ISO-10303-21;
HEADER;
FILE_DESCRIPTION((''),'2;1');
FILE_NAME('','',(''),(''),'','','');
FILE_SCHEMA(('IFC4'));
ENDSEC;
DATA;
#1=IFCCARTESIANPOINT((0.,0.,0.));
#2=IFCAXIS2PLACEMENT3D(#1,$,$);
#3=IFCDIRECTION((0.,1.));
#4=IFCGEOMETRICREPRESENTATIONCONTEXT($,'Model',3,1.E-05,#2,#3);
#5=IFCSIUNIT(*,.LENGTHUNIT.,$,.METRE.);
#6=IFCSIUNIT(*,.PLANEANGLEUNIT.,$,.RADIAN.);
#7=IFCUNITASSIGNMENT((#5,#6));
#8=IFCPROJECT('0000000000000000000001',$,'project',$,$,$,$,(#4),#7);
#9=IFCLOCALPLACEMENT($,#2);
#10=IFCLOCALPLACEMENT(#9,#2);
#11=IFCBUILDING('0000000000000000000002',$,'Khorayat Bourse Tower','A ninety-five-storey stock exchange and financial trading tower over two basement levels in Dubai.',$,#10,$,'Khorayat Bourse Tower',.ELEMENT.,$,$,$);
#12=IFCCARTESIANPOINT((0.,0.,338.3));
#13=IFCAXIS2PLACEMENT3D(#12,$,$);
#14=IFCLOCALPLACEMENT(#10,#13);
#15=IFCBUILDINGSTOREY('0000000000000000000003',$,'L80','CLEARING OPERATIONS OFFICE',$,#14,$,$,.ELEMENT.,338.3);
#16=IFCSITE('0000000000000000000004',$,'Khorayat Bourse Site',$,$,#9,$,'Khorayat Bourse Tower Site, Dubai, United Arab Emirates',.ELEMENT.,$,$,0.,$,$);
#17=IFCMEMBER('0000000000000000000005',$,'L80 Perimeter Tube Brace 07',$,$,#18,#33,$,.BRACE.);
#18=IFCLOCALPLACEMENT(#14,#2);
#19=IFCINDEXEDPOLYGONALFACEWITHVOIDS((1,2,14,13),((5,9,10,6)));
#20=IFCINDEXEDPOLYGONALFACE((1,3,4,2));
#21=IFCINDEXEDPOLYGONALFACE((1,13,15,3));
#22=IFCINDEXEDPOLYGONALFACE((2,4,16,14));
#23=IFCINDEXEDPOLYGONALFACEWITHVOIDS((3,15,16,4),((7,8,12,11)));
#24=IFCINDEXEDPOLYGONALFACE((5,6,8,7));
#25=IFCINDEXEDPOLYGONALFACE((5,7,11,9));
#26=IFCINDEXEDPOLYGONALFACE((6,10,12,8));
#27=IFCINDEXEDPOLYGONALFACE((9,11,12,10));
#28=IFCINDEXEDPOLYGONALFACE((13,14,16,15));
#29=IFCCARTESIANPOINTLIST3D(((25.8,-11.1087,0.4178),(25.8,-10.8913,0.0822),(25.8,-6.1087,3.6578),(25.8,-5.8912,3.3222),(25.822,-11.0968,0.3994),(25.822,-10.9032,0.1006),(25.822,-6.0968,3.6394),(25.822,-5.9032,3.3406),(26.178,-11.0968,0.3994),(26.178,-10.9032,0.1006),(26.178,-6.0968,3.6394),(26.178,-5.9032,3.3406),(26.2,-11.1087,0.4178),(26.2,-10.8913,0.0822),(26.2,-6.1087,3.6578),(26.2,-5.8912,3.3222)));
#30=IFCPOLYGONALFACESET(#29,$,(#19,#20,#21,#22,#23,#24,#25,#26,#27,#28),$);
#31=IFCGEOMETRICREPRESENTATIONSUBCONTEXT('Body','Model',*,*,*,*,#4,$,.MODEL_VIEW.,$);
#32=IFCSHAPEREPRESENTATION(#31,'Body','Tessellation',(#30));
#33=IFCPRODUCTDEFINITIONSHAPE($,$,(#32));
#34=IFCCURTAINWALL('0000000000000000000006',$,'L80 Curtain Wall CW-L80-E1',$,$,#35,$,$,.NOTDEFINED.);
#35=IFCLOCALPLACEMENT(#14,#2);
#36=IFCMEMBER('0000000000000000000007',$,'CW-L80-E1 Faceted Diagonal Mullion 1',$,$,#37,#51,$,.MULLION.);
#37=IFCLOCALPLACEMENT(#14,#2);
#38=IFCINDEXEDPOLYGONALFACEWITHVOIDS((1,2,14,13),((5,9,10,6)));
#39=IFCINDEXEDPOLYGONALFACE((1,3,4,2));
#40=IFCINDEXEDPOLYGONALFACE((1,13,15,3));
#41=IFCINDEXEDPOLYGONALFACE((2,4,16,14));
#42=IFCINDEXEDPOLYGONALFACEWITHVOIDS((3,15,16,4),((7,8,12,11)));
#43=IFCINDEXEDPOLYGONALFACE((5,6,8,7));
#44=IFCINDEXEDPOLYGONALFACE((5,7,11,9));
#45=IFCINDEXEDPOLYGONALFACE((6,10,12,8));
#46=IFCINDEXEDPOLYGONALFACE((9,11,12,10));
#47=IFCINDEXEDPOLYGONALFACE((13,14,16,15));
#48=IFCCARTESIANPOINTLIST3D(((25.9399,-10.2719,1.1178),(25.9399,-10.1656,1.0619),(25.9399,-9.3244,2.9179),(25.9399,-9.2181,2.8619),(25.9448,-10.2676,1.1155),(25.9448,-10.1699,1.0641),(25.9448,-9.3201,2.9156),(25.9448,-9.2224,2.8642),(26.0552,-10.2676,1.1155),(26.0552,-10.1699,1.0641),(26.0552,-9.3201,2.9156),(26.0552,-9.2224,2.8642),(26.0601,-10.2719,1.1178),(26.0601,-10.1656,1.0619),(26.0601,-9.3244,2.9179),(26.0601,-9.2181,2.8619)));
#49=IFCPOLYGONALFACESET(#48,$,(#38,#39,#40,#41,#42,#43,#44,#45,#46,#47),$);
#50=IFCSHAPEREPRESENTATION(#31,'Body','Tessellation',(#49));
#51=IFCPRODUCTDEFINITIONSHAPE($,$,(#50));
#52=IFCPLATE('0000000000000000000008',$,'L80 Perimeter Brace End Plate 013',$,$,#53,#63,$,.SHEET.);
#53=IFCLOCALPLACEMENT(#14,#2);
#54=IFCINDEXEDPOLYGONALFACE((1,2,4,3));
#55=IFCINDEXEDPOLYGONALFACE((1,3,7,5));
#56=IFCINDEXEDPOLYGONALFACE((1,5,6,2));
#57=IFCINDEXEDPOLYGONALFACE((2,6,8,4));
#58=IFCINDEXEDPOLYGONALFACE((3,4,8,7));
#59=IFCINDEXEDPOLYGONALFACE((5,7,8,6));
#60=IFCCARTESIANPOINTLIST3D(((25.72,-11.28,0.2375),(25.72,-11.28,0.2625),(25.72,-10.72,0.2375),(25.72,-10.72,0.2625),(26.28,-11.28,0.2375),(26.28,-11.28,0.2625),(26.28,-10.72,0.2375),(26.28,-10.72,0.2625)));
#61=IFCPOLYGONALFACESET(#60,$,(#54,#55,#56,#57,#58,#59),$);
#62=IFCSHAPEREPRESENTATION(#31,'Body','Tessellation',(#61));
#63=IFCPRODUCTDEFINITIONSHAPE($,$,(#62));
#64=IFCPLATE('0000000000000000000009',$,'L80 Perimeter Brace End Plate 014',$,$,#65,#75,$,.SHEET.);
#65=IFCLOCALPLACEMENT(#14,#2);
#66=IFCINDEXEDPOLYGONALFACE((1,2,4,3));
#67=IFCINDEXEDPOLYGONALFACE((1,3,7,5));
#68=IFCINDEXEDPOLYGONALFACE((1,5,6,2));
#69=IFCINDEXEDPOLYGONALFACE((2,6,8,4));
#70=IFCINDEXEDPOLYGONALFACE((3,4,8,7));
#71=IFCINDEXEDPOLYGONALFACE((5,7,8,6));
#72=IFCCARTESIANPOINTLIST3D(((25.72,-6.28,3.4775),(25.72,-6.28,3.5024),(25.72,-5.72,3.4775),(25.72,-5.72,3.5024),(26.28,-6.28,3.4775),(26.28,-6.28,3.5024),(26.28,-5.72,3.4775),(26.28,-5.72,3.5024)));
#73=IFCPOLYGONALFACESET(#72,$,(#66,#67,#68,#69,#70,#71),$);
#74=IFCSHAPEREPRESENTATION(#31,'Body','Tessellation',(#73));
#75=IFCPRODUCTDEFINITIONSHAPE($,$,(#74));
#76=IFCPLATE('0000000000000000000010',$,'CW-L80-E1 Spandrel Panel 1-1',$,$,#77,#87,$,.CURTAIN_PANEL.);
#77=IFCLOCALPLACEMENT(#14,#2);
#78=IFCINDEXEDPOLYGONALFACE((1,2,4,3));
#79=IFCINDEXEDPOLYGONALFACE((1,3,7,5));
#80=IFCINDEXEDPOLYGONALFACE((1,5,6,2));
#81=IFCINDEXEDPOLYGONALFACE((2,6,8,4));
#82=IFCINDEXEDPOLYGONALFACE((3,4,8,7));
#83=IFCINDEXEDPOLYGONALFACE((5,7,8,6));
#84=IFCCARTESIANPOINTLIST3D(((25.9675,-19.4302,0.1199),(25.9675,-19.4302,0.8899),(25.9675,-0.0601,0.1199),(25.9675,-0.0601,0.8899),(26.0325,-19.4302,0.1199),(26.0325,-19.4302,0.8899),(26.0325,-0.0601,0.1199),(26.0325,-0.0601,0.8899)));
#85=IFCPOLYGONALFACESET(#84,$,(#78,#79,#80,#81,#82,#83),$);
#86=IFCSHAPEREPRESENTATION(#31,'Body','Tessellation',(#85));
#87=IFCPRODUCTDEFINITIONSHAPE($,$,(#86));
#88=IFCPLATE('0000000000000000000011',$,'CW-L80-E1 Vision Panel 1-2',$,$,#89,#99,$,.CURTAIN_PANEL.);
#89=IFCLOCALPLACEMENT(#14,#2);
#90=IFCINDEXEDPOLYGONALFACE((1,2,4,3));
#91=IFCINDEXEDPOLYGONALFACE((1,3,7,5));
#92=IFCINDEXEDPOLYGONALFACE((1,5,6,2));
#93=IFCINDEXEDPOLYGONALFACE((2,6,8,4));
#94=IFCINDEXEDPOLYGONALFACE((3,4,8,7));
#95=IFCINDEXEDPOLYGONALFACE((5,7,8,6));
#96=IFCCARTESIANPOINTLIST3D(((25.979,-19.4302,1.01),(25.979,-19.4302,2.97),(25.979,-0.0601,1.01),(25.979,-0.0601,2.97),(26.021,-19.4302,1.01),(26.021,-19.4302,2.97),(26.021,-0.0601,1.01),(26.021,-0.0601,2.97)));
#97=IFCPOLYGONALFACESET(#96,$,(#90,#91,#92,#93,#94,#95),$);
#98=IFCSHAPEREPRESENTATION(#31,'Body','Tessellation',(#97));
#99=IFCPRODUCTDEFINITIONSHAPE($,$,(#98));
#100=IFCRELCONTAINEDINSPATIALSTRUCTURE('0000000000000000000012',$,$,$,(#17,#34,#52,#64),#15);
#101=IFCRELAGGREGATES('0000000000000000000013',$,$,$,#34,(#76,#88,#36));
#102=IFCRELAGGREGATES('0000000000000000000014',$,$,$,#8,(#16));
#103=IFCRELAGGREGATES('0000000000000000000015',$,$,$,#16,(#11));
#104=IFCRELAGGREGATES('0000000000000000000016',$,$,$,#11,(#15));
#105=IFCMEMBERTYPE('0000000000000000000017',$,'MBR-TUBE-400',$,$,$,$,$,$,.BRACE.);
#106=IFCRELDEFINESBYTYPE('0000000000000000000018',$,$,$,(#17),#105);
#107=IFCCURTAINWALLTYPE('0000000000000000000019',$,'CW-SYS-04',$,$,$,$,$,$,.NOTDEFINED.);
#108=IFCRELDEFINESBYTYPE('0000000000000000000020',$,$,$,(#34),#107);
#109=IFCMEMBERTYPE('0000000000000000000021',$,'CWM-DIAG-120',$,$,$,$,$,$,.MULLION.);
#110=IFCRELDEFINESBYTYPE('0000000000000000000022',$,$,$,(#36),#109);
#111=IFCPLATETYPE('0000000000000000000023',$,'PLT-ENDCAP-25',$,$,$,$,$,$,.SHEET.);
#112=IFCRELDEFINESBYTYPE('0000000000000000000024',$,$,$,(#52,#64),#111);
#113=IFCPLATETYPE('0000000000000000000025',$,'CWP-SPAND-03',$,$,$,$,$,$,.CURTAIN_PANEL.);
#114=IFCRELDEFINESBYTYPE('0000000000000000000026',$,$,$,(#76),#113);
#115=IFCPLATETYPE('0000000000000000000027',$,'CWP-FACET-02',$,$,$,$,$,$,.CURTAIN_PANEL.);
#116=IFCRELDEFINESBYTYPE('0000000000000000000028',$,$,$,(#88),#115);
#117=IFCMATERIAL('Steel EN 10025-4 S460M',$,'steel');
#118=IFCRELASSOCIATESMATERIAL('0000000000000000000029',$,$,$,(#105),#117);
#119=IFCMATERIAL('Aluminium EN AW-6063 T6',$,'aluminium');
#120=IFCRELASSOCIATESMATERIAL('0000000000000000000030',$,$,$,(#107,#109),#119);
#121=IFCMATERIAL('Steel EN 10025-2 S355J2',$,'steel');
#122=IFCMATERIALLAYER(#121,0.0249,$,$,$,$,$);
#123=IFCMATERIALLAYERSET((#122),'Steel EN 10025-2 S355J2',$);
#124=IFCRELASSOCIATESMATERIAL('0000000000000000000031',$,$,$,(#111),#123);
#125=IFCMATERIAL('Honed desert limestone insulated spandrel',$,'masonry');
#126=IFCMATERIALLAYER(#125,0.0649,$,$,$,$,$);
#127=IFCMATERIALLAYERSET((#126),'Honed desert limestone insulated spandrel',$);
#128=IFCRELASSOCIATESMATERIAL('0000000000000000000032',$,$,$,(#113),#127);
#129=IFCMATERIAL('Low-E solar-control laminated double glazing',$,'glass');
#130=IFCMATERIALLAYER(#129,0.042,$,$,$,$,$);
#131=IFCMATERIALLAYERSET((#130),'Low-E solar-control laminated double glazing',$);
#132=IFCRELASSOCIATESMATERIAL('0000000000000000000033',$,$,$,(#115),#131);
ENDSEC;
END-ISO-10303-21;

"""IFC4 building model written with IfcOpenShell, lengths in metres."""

from ifc_helpers import new_model, si_unit, direction, frame, origin, origin_2d, place, context, subcontext, project, spatial, rectangle, hollow_rectangle, extrude, source, transform, mapped, material, layer, layer_set, material_profile, profile_set, type_object, element, aggregate, save


model = new_model("IFC4")

# Units and contexts
model_context = context("Model", 3, precision=1e-05, world=origin(), true_north=direction((0.0, 1.0)))
body_context = subcontext(model_context, "Body", "Model", "MODEL_VIEW")
ifc_project = project(units=[si_unit("LENGTHUNIT", "METRE"), si_unit("PLANEANGLEUNIT", "RADIAN")], contexts=[model_context])

# Site, building, storey
site_placement = place(None, origin())
site = spatial("IfcSite", under=ifc_project, at=site_placement, Name="Khorayat Bourse Site", LongName="Khorayat Bourse Tower Site, Dubai, United Arab Emirates", CompositionType="ELEMENT", RefElevation=0.0)
building_placement = place(site_placement, origin())
building = spatial("IfcBuilding", under=site, at=building_placement, Name="Khorayat Bourse Tower", Description="A ninety-five-storey stock exchange and financial trading tower over two basement levels in Dubai.", LongName="Khorayat Bourse Tower", CompositionType="ELEMENT")
storey_placement = place(building_placement, frame((0.0, 0.0, 338.3)))
storey = spatial("IfcBuildingStorey", under=building, at=storey_placement, Name="L80", Description="CLEARING OPERATIONS OFFICE", CompositionType="ELEMENT", Elevation=338.3)

# Shared definitions
ifc_material_1 = material(Name="Steel EN 10025-2 S355J2", Category="steel")

# Member
ifc_material_2 = material(Name="Steel EN 10025-4 S460M", Category="steel")
ifc_material_profile_1 = material_profile(ifc_material_2, hollow_rectangle(XDim=0.3999, YDim=0.3999, WallThickness=0.022, at=origin_2d()), Name="HSS 400x400x22")
ifc_profile_set_1 = profile_set([ifc_material_profile_1], Name="Steel EN 10025-4 S460M")
member_type_1 = type_object("IfcMemberType", Name="MBR-TUBE-400", PredefinedType="BRACE", material=ifc_profile_set_1)
shared_shape_1 = source(origin(), body_context, "Body", "SweptSolid", [
    extrude(hollow_rectangle(XDim=0.3999, YDim=0.3999, WallThickness=0.022, at=origin_2d()), origin(), (0.0, 0.0, 1.0), 5.958),
])
member_1_placement = place(storey_placement, frame((26.0, -11.0, 0.25), z_axis=(0.0, 0.83921, 0.543807), x_axis=(-1.0, 0.0, 0.0)))
element("IfcMember", 1, at=member_1_placement, inside=storey, type_object=member_type_1, Name="L80 Perimeter Tube Brace 07", PredefinedType="BRACE", context=body_context, shape_type="MappedRepresentation", body=[
    mapped(shared_shape_1, transform((0.0, 0.0, 0.0), scale=1.0)),
])

# Curtain wall, member
ifc_material_3 = material(Name="Aluminium EN AW-6063 T6", Category="aluminium")
curtain_wall_type = type_object("IfcCurtainWallType", Name="CW-SYS-04", PredefinedType="NOTDEFINED", material=ifc_material_3)
curtain_wall_placement = place(storey_placement, origin())
curtain_wall = element("IfcCurtainWall", 2, at=curtain_wall_placement, inside=storey, type_object=curtain_wall_type, Name="L80 Curtain Wall CW-L80-E1", PredefinedType="NOTDEFINED")
ifc_material_profile_2 = material_profile(ifc_material_3, hollow_rectangle(XDim=0.1201, YDim=0.1201, WallThickness=0.0049, at=origin_2d()), Name="ALU 120x120x5")
ifc_profile_set_2 = profile_set([ifc_material_profile_2], Name="Aluminium EN AW-6063 T6")
member_type_2 = type_object("IfcMemberType", Name="CWM-DIAG-120", PredefinedType="MULLION", material=ifc_profile_set_2)
shared_shape_2 = source(origin(), body_context, "Body", "SweptSolid", [
    extrude(hollow_rectangle(XDim=0.1201, YDim=0.1201, WallThickness=0.0049, at=origin_2d()), origin(), (0.0, 0.0, 1.0), 2.0342),
])
member_2_placement = place(storey_placement, frame((26.0, -10.2188, 1.0898), z_axis=(0.0, 0.465791, 0.884895), x_axis=(-1.0, 0.0, 0.0)))
member_2 = element("IfcMember", 3, at=member_2_placement, type_object=member_type_2, Name="CW-L80-E1 Faceted Diagonal Mullion 1", PredefinedType="MULLION", context=body_context, shape_type="MappedRepresentation", body=[
    mapped(shared_shape_2, transform((0.0, 0.0, 0.0), scale=1.0)),
])

# Plates
ifc_layer_1 = layer(ifc_material_1, 0.0249)
ifc_layer_set_1 = layer_set([ifc_layer_1], Name="Steel EN 10025-2 S355J2")
plate_type_1 = type_object("IfcPlateType", Name="PLT-ENDCAP-25", PredefinedType="SHEET", material=ifc_layer_set_1)
shared_shape_3 = source(origin(), body_context, "Body", "SweptSolid", [
    extrude(rectangle(XDim=0.5601, YDim=0.5601, at=origin_2d()), origin(), (0.0, 0.0, 1.0), 0.0249),
])
for number, where, z_axis, x_axis, name in (
    (4, (26.0, -11.0, 0.2375), (0.0, 0.0, 1.0), (1.0, 0.0, 0.0), "L80 Perimeter Brace End Plate 013"),
    (5, (26.0, -6.0, 3.4775), (0.0, 0.0, 1.0), (1.0, 0.0, 0.0), "L80 Perimeter Brace End Plate 014"),
):
    element("IfcPlate", number, at=place(storey_placement, frame(where, z_axis=z_axis, x_axis=x_axis)), inside=storey, type_object=plate_type_1, Name=name, PredefinedType="SHEET", context=body_context, shape_type="MappedRepresentation", body=[
        mapped(shared_shape_3, transform((0.0, 0.0, 0.0), scale=1.0)),
    ])

# Plates
ifc_material_4 = material(Name="Honed desert limestone insulated spandrel", Category="masonry")
ifc_layer_2 = layer(ifc_material_4, 0.0649)
ifc_layer_set_2 = layer_set([ifc_layer_2], Name="Honed desert limestone insulated spandrel")
plate_type_2 = type_object("IfcPlateType", Name="CWP-SPAND-03", PredefinedType="CURTAIN_PANEL", material=ifc_layer_set_2)
shared_shape_4 = source(origin(), body_context, "Body", "SweptSolid", [
    extrude(rectangle(XDim=19.3701, YDim=0.0649, at=origin_2d()), origin(), (0.0, 0.0, 1.0), 0.77),
])
plate_1_placement = place(storey_placement, frame((26.0, -9.7451, 0.1199), z_axis=(0.0, 0.0, 1.0), x_axis=(0.0, 1.0, 0.0)))
plate_1 = element("IfcPlate", 6, at=plate_1_placement, type_object=plate_type_2, Name="CW-L80-E1 Spandrel Panel 1-1", PredefinedType="CURTAIN_PANEL", context=body_context, shape_type="MappedRepresentation", body=[
    mapped(shared_shape_4, transform((0.0, 0.0, 0.0), scale=1.0)),
])
ifc_material_5 = material(Name="Low-E solar-control laminated double glazing", Category="glass")
ifc_layer_3 = layer(ifc_material_5, 0.042)
ifc_layer_set_3 = layer_set([ifc_layer_3], Name="Low-E solar-control laminated double glazing")
plate_type_3 = type_object("IfcPlateType", Name="CWP-FACET-02", PredefinedType="CURTAIN_PANEL", material=ifc_layer_set_3)
shared_shape_5 = source(origin(), body_context, "Body", "SweptSolid", [
    extrude(rectangle(XDim=19.3701, YDim=0.042, at=origin_2d()), origin(), (0.0, 0.0, 1.0), 1.96),
])
plate_2_placement = place(storey_placement, frame((26.0, -9.7451, 1.01), z_axis=(0.0, 0.0, 1.0), x_axis=(0.0, 1.0, 0.0)))
plate_2 = element("IfcPlate", 7, at=plate_2_placement, type_object=plate_type_3, Name="CW-L80-E1 Vision Panel 1-2", PredefinedType="CURTAIN_PANEL", context=body_context, shape_type="MappedRepresentation", body=[
    mapped(shared_shape_5, transform((0.0, 0.0, 0.0), scale=1.0)),
])
aggregate(curtain_wall, [plate_1, plate_2, member_2])

save(model, "model.ifc")
